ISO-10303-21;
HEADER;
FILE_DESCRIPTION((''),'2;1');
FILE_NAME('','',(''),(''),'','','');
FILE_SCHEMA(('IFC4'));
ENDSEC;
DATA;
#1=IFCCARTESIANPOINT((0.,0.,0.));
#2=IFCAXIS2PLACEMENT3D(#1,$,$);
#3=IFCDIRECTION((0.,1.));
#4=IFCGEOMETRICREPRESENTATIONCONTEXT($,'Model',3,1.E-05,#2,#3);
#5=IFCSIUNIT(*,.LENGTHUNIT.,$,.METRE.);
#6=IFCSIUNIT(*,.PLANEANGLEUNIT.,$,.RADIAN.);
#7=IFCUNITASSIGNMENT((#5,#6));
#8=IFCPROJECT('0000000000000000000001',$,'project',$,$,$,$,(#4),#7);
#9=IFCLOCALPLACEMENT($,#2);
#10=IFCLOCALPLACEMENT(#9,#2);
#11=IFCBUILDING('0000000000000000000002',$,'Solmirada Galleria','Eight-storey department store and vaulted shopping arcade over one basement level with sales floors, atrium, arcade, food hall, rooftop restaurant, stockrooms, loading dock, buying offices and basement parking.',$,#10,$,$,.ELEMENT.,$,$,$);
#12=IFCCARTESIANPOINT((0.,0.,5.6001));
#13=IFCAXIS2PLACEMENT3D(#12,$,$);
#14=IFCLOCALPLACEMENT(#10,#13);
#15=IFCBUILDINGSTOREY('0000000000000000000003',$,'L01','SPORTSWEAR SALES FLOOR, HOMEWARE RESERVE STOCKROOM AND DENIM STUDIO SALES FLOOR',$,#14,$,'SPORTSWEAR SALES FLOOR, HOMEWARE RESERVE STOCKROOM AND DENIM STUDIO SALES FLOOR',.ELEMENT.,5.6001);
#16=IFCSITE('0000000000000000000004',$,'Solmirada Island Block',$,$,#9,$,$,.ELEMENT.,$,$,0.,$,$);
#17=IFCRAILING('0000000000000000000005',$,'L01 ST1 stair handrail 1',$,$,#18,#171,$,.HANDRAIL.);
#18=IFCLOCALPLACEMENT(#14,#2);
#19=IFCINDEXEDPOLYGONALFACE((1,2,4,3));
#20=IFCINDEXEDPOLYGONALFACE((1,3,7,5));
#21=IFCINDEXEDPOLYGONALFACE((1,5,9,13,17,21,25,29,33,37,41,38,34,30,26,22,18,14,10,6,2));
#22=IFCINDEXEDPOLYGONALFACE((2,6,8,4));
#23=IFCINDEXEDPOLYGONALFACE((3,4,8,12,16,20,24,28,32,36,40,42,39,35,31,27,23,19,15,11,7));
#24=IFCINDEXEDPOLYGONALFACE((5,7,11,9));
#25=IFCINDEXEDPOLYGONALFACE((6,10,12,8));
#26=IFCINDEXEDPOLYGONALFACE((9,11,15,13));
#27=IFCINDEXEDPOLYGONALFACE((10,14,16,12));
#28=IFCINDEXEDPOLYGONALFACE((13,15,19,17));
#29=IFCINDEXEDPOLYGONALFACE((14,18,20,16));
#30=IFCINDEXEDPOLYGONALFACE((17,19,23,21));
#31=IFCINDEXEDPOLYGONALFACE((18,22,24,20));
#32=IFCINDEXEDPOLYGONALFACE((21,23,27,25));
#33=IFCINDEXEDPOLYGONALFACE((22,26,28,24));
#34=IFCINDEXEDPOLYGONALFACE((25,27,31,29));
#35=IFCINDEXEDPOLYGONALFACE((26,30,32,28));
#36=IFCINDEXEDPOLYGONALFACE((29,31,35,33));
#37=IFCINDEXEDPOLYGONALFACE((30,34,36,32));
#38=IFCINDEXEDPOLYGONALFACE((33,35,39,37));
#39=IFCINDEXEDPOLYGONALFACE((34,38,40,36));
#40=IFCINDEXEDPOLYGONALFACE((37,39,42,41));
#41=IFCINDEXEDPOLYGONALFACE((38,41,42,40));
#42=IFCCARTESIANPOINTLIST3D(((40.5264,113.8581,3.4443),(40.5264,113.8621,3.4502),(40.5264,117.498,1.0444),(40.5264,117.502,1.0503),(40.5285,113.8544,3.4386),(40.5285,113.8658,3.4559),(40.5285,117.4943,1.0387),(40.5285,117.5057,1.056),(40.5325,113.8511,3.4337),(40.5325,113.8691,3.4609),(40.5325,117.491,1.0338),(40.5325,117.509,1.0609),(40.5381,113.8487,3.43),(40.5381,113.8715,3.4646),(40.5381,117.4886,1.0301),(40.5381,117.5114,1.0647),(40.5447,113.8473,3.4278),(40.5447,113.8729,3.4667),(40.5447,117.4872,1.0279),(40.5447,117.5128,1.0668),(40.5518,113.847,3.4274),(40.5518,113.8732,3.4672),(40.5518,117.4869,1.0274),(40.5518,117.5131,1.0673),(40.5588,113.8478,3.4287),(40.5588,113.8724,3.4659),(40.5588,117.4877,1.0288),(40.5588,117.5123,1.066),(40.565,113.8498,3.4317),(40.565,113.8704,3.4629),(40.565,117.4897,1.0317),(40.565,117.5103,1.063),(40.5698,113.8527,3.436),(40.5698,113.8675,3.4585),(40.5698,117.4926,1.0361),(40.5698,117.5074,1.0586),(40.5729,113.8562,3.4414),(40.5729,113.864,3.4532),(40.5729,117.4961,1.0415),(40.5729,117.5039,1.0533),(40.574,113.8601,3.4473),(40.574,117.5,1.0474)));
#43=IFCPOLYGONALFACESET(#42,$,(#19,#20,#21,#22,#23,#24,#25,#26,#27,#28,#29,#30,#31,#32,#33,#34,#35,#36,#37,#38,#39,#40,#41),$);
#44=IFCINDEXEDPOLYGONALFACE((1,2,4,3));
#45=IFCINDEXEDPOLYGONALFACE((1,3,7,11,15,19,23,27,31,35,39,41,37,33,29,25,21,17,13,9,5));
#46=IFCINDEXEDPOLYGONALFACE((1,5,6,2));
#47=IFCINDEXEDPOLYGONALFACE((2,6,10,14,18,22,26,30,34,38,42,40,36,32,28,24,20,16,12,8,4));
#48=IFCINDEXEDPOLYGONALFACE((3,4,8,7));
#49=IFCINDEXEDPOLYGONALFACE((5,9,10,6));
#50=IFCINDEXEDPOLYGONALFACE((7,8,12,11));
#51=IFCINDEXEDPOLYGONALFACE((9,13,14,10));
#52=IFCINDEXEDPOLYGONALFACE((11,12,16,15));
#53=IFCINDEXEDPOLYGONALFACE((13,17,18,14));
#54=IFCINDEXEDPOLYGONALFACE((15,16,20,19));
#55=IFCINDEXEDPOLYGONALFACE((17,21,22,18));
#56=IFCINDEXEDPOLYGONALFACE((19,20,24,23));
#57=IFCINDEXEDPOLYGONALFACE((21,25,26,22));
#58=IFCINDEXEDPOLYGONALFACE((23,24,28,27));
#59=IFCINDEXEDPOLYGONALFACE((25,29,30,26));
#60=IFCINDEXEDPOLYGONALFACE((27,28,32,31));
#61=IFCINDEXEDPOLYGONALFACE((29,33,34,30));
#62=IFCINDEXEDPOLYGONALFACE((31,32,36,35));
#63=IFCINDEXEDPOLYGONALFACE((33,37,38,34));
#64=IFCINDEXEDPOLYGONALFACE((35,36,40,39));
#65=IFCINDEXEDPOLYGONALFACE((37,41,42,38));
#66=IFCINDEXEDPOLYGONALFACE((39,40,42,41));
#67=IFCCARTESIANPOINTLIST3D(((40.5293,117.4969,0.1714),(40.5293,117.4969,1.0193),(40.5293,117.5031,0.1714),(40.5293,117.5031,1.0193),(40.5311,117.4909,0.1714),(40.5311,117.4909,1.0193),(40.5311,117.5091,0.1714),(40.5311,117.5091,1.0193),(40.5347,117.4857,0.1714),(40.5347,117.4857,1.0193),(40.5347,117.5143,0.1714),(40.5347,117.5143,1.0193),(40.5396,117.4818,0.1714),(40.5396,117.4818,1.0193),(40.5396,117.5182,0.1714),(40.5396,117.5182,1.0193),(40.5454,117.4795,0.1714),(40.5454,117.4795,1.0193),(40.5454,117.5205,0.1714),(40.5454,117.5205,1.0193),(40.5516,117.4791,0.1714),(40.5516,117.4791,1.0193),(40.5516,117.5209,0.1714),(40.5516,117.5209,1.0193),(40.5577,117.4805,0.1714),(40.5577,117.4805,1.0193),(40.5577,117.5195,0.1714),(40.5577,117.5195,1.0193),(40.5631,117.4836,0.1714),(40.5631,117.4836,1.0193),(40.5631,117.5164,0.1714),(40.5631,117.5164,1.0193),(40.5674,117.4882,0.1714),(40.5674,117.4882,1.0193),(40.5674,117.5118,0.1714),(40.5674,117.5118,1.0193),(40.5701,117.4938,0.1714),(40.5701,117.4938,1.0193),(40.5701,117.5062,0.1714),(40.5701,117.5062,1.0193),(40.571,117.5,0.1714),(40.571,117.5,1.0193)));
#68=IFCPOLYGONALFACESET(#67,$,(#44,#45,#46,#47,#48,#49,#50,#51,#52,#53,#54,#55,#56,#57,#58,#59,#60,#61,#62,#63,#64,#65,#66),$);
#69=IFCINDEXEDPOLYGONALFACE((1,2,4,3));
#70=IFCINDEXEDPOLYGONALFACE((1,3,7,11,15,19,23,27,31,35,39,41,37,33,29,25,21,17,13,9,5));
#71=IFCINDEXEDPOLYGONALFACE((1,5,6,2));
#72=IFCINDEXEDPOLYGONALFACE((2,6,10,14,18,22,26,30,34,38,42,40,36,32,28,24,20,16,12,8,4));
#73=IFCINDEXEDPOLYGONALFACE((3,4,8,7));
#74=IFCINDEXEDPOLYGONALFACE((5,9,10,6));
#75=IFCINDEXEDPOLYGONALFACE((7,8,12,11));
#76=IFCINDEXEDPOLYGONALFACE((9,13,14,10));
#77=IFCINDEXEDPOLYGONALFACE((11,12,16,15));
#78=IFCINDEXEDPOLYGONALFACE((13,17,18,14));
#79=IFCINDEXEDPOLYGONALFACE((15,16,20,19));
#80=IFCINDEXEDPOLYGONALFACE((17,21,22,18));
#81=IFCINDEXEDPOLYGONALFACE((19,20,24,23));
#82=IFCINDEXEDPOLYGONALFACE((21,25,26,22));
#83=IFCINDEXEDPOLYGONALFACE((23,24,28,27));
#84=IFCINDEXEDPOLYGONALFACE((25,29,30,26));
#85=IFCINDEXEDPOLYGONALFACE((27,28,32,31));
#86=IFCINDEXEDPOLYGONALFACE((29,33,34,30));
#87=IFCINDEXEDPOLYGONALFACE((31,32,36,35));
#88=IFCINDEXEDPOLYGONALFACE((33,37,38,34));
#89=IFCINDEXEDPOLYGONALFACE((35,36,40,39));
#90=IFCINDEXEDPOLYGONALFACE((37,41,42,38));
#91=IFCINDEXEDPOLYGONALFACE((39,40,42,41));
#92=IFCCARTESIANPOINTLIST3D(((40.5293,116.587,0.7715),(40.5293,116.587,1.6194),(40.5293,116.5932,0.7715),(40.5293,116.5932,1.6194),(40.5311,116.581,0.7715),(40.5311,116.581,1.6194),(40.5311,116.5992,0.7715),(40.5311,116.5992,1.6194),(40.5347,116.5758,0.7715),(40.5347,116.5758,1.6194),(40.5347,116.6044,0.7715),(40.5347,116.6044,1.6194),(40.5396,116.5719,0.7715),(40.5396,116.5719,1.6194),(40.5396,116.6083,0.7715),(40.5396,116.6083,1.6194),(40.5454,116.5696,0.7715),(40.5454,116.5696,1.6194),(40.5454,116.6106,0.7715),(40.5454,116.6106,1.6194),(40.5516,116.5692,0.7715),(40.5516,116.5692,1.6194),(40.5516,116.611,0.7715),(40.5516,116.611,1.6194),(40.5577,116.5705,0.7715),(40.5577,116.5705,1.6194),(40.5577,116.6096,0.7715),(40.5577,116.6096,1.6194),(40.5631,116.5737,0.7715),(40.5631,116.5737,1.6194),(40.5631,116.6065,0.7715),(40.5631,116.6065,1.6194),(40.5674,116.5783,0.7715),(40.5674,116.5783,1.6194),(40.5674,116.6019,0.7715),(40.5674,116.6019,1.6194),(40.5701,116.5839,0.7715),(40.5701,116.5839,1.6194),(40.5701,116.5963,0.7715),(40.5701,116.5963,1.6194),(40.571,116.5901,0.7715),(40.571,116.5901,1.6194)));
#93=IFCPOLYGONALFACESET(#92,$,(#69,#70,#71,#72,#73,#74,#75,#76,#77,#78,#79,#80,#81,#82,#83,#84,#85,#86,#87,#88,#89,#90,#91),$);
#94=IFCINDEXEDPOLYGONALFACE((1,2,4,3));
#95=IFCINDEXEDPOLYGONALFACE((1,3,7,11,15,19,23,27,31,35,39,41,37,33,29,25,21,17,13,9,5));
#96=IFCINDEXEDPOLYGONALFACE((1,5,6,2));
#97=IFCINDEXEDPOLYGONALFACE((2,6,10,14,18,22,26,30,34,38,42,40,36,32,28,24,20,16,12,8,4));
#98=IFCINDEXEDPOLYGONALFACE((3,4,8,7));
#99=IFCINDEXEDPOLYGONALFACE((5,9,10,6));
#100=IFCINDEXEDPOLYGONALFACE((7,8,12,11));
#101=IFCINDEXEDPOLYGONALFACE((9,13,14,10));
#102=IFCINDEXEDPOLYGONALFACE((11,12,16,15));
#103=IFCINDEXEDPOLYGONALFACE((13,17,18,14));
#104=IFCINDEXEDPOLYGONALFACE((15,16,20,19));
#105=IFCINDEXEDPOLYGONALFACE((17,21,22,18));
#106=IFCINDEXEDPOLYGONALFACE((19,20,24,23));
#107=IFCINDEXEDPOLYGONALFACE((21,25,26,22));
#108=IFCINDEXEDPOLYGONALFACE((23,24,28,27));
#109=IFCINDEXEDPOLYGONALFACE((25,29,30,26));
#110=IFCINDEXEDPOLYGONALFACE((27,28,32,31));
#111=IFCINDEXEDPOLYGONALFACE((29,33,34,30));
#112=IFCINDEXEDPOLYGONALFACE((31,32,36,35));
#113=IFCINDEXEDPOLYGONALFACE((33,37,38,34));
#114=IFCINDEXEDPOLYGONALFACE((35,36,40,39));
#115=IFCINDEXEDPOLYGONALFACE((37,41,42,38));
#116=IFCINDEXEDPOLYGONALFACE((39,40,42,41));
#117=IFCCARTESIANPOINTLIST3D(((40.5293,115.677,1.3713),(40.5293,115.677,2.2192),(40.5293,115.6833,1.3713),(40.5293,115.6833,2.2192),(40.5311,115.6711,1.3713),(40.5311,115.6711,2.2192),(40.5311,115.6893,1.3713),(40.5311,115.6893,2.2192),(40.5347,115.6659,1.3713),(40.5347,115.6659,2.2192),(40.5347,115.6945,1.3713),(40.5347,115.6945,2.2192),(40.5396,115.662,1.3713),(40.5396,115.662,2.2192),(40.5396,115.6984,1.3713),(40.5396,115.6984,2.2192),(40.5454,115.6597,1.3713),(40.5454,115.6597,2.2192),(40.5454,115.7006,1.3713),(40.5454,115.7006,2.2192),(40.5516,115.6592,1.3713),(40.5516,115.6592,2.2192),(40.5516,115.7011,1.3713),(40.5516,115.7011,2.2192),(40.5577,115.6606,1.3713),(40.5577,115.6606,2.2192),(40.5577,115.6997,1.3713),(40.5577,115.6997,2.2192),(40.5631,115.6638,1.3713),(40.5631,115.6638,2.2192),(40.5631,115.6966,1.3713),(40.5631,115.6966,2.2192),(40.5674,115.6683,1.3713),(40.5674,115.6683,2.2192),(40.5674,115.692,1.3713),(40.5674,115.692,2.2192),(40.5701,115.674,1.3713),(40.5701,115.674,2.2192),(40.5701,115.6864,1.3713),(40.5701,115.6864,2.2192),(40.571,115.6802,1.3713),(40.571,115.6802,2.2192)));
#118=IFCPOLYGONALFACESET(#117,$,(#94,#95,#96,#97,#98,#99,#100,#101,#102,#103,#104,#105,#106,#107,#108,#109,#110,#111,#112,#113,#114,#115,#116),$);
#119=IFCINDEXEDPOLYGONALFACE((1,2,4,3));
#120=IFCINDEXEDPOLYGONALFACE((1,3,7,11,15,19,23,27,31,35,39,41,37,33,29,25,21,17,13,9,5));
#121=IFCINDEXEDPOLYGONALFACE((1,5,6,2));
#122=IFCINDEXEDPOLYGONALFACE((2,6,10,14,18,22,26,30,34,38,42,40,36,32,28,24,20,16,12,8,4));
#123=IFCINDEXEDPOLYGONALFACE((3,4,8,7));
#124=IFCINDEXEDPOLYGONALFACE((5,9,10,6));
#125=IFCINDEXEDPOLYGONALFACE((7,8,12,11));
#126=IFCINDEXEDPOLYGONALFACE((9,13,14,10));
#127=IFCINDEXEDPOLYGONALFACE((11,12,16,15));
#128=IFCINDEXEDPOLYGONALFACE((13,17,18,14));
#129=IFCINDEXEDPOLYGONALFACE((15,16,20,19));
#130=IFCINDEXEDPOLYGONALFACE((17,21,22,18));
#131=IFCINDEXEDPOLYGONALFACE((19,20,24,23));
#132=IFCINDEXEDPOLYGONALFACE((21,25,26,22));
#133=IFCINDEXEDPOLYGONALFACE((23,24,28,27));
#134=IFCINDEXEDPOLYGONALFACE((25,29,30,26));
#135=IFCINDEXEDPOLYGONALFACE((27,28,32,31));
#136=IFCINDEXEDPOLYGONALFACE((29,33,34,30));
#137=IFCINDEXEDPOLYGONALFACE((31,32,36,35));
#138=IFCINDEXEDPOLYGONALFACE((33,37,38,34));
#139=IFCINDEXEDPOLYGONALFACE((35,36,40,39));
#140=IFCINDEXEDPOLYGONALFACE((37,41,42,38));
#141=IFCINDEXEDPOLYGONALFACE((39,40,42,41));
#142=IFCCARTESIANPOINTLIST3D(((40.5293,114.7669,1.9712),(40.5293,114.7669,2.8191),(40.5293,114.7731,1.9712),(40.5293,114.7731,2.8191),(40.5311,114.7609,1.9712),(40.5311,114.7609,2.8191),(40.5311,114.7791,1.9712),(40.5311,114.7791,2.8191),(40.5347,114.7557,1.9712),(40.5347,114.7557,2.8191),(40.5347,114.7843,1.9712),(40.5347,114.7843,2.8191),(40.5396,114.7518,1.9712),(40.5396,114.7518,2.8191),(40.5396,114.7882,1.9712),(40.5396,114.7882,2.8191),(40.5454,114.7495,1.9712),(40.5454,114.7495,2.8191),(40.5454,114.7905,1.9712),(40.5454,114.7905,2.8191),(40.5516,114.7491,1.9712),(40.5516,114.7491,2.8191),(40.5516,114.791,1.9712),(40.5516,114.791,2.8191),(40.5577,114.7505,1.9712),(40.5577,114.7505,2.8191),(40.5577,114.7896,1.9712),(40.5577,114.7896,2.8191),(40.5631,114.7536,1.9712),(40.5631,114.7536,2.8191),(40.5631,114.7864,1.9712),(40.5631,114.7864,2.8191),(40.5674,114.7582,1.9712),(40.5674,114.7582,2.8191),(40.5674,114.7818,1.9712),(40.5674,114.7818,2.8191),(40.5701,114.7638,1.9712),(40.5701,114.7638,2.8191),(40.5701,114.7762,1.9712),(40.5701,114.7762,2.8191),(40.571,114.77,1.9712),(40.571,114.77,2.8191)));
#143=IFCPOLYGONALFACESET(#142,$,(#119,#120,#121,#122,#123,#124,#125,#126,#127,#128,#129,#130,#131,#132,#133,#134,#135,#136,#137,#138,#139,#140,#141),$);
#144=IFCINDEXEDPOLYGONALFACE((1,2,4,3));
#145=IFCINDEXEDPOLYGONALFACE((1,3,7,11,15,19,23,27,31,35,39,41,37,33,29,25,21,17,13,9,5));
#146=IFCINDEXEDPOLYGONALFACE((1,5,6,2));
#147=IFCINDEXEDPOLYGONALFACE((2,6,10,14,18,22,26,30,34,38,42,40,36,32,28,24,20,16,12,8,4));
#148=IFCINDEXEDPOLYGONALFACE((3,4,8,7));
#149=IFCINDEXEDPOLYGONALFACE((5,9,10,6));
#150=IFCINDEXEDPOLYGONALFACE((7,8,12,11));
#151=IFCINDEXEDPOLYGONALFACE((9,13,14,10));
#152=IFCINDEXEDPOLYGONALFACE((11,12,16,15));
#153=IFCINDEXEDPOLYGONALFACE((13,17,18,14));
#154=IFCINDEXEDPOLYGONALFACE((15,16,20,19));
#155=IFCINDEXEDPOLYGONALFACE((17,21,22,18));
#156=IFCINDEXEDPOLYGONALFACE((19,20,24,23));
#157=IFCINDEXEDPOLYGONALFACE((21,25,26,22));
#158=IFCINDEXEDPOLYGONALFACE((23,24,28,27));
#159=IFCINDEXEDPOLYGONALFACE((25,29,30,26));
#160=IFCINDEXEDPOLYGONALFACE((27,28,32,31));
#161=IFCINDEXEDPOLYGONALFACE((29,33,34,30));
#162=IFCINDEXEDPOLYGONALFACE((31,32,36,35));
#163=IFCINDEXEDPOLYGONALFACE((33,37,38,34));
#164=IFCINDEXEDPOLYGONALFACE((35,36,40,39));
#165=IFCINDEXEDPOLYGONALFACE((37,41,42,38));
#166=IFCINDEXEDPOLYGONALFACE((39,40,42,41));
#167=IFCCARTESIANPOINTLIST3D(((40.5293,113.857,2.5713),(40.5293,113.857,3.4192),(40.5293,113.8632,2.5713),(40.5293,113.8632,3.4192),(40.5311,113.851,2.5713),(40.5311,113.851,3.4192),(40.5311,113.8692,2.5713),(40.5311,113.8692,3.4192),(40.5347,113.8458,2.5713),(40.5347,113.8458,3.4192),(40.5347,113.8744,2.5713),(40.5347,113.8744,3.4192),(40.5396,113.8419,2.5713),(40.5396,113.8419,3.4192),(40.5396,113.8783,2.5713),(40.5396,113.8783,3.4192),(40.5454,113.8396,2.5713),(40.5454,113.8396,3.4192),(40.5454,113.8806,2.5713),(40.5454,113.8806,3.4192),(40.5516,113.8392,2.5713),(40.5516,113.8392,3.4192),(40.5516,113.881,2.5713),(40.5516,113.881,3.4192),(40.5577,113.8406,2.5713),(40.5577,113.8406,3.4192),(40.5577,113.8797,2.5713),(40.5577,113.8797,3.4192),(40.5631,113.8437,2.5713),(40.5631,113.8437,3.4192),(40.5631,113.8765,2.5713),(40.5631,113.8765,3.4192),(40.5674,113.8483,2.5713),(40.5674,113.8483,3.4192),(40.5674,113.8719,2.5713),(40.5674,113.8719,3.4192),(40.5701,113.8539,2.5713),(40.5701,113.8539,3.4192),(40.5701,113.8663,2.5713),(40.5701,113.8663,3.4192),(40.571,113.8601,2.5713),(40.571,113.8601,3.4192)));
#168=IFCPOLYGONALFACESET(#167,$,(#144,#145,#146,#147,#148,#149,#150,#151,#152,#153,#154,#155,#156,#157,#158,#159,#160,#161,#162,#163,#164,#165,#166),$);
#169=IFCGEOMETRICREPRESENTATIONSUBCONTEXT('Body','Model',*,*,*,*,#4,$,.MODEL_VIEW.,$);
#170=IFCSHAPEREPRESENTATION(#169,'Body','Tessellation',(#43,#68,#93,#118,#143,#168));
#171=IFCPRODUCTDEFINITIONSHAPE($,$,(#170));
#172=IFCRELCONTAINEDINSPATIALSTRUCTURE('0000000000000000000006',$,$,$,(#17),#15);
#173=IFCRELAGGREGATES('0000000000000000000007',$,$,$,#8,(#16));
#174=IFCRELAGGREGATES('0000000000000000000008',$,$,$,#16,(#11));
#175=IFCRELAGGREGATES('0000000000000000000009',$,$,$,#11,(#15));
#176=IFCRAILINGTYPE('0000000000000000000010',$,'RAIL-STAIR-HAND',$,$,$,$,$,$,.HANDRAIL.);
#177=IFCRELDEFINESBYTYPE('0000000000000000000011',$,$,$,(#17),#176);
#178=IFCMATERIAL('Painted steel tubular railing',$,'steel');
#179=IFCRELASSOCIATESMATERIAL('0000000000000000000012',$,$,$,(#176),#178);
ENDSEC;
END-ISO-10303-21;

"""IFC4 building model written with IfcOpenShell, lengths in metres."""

from ifc_helpers import new_model, si_unit, direction, frame, origin, origin_2d, place, context, subcontext, project, spatial, circle, extrude, material, type_object, element, save


model = new_model("IFC4")

# Units and contexts
model_context = context("Model", 3, precision=1e-05, world=origin(), true_north=direction((0.0, 1.0)))
body_context = subcontext(model_context, "Body", "Model", "MODEL_VIEW")
ifc_project = project(units=[si_unit("LENGTHUNIT", "METRE"), si_unit("PLANEANGLEUNIT", "RADIAN")], contexts=[model_context])

# Site, building, storey
site_placement = place(None, origin())
site = spatial("IfcSite", under=ifc_project, at=site_placement, Name="Solmirada Island Block", CompositionType="ELEMENT", RefElevation=0.0)
building_placement = place(site_placement, origin())
building = spatial("IfcBuilding", under=site, at=building_placement, Name="Solmirada Galleria", Description="Eight-storey department store and vaulted shopping arcade over one basement level with sales floors, atrium, arcade, food hall, rooftop restaurant, stockrooms, loading dock, buying offices and basement parking.", CompositionType="ELEMENT")
storey_placement = place(building_placement, frame((0.0, 0.0, 5.6001)))
storey = spatial("IfcBuildingStorey", under=building, at=storey_placement, Name="L01", Description="SPORTSWEAR SALES FLOOR, HOMEWARE RESERVE STOCKROOM AND DENIM STUDIO SALES FLOOR", LongName="SPORTSWEAR SALES FLOOR, HOMEWARE RESERVE STOCKROOM AND DENIM STUDIO SALES FLOOR", CompositionType="ELEMENT", Elevation=5.6001)

# Railing
ifc_material_1 = material(Name="Painted steel tubular railing", Category="steel")
railing_type_1 = type_object("IfcRailingType", Name="RAIL-STAIR-HAND", PredefinedType="HANDRAIL", material=ifc_material_1)
railing_1_placement = place(storey_placement, frame((40.55, 117.5, 0.1714)))
element("IfcRailing", 1, at=railing_1_placement, inside=storey, type_object=railing_type_1, Name="L01 ST1 stair handrail 1", PredefinedType="HANDRAIL", context=body_context, shape_type="SweptSolid", body=[
    extrude(circle(Radius=0.0239, at=origin_2d()), frame((0.0, 0.0, 0.876), z_axis=(0.0, -0.834865, 0.550454), x_axis=(1.0, 0.0, 0.0)), (0.0, 0.0, 1.0), 4.3599),
    extrude(circle(Radius=0.021, at=origin_2d()), origin(), (0.0, 0.0, 1.0), 0.8479),
    extrude(circle(Radius=0.021, at=origin_2d()), frame((0.0, -0.9099, 0.6001)), (0.0, 0.0, 1.0), 0.8479),
    extrude(circle(Radius=0.021, at=origin_2d()), frame((0.0, -1.8198, 1.2)), (0.0, 0.0, 1.0), 0.8479),
    extrude(circle(Radius=0.021, at=origin_2d()), frame((0.0, -2.73, 1.7998)), (0.0, 0.0, 1.0), 0.8479),
    extrude(circle(Radius=0.021, at=origin_2d()), frame((0.0, -3.6399, 2.3999)), (0.0, 0.0, 1.0), 0.8479),
])

save(model, "model.ifc")
